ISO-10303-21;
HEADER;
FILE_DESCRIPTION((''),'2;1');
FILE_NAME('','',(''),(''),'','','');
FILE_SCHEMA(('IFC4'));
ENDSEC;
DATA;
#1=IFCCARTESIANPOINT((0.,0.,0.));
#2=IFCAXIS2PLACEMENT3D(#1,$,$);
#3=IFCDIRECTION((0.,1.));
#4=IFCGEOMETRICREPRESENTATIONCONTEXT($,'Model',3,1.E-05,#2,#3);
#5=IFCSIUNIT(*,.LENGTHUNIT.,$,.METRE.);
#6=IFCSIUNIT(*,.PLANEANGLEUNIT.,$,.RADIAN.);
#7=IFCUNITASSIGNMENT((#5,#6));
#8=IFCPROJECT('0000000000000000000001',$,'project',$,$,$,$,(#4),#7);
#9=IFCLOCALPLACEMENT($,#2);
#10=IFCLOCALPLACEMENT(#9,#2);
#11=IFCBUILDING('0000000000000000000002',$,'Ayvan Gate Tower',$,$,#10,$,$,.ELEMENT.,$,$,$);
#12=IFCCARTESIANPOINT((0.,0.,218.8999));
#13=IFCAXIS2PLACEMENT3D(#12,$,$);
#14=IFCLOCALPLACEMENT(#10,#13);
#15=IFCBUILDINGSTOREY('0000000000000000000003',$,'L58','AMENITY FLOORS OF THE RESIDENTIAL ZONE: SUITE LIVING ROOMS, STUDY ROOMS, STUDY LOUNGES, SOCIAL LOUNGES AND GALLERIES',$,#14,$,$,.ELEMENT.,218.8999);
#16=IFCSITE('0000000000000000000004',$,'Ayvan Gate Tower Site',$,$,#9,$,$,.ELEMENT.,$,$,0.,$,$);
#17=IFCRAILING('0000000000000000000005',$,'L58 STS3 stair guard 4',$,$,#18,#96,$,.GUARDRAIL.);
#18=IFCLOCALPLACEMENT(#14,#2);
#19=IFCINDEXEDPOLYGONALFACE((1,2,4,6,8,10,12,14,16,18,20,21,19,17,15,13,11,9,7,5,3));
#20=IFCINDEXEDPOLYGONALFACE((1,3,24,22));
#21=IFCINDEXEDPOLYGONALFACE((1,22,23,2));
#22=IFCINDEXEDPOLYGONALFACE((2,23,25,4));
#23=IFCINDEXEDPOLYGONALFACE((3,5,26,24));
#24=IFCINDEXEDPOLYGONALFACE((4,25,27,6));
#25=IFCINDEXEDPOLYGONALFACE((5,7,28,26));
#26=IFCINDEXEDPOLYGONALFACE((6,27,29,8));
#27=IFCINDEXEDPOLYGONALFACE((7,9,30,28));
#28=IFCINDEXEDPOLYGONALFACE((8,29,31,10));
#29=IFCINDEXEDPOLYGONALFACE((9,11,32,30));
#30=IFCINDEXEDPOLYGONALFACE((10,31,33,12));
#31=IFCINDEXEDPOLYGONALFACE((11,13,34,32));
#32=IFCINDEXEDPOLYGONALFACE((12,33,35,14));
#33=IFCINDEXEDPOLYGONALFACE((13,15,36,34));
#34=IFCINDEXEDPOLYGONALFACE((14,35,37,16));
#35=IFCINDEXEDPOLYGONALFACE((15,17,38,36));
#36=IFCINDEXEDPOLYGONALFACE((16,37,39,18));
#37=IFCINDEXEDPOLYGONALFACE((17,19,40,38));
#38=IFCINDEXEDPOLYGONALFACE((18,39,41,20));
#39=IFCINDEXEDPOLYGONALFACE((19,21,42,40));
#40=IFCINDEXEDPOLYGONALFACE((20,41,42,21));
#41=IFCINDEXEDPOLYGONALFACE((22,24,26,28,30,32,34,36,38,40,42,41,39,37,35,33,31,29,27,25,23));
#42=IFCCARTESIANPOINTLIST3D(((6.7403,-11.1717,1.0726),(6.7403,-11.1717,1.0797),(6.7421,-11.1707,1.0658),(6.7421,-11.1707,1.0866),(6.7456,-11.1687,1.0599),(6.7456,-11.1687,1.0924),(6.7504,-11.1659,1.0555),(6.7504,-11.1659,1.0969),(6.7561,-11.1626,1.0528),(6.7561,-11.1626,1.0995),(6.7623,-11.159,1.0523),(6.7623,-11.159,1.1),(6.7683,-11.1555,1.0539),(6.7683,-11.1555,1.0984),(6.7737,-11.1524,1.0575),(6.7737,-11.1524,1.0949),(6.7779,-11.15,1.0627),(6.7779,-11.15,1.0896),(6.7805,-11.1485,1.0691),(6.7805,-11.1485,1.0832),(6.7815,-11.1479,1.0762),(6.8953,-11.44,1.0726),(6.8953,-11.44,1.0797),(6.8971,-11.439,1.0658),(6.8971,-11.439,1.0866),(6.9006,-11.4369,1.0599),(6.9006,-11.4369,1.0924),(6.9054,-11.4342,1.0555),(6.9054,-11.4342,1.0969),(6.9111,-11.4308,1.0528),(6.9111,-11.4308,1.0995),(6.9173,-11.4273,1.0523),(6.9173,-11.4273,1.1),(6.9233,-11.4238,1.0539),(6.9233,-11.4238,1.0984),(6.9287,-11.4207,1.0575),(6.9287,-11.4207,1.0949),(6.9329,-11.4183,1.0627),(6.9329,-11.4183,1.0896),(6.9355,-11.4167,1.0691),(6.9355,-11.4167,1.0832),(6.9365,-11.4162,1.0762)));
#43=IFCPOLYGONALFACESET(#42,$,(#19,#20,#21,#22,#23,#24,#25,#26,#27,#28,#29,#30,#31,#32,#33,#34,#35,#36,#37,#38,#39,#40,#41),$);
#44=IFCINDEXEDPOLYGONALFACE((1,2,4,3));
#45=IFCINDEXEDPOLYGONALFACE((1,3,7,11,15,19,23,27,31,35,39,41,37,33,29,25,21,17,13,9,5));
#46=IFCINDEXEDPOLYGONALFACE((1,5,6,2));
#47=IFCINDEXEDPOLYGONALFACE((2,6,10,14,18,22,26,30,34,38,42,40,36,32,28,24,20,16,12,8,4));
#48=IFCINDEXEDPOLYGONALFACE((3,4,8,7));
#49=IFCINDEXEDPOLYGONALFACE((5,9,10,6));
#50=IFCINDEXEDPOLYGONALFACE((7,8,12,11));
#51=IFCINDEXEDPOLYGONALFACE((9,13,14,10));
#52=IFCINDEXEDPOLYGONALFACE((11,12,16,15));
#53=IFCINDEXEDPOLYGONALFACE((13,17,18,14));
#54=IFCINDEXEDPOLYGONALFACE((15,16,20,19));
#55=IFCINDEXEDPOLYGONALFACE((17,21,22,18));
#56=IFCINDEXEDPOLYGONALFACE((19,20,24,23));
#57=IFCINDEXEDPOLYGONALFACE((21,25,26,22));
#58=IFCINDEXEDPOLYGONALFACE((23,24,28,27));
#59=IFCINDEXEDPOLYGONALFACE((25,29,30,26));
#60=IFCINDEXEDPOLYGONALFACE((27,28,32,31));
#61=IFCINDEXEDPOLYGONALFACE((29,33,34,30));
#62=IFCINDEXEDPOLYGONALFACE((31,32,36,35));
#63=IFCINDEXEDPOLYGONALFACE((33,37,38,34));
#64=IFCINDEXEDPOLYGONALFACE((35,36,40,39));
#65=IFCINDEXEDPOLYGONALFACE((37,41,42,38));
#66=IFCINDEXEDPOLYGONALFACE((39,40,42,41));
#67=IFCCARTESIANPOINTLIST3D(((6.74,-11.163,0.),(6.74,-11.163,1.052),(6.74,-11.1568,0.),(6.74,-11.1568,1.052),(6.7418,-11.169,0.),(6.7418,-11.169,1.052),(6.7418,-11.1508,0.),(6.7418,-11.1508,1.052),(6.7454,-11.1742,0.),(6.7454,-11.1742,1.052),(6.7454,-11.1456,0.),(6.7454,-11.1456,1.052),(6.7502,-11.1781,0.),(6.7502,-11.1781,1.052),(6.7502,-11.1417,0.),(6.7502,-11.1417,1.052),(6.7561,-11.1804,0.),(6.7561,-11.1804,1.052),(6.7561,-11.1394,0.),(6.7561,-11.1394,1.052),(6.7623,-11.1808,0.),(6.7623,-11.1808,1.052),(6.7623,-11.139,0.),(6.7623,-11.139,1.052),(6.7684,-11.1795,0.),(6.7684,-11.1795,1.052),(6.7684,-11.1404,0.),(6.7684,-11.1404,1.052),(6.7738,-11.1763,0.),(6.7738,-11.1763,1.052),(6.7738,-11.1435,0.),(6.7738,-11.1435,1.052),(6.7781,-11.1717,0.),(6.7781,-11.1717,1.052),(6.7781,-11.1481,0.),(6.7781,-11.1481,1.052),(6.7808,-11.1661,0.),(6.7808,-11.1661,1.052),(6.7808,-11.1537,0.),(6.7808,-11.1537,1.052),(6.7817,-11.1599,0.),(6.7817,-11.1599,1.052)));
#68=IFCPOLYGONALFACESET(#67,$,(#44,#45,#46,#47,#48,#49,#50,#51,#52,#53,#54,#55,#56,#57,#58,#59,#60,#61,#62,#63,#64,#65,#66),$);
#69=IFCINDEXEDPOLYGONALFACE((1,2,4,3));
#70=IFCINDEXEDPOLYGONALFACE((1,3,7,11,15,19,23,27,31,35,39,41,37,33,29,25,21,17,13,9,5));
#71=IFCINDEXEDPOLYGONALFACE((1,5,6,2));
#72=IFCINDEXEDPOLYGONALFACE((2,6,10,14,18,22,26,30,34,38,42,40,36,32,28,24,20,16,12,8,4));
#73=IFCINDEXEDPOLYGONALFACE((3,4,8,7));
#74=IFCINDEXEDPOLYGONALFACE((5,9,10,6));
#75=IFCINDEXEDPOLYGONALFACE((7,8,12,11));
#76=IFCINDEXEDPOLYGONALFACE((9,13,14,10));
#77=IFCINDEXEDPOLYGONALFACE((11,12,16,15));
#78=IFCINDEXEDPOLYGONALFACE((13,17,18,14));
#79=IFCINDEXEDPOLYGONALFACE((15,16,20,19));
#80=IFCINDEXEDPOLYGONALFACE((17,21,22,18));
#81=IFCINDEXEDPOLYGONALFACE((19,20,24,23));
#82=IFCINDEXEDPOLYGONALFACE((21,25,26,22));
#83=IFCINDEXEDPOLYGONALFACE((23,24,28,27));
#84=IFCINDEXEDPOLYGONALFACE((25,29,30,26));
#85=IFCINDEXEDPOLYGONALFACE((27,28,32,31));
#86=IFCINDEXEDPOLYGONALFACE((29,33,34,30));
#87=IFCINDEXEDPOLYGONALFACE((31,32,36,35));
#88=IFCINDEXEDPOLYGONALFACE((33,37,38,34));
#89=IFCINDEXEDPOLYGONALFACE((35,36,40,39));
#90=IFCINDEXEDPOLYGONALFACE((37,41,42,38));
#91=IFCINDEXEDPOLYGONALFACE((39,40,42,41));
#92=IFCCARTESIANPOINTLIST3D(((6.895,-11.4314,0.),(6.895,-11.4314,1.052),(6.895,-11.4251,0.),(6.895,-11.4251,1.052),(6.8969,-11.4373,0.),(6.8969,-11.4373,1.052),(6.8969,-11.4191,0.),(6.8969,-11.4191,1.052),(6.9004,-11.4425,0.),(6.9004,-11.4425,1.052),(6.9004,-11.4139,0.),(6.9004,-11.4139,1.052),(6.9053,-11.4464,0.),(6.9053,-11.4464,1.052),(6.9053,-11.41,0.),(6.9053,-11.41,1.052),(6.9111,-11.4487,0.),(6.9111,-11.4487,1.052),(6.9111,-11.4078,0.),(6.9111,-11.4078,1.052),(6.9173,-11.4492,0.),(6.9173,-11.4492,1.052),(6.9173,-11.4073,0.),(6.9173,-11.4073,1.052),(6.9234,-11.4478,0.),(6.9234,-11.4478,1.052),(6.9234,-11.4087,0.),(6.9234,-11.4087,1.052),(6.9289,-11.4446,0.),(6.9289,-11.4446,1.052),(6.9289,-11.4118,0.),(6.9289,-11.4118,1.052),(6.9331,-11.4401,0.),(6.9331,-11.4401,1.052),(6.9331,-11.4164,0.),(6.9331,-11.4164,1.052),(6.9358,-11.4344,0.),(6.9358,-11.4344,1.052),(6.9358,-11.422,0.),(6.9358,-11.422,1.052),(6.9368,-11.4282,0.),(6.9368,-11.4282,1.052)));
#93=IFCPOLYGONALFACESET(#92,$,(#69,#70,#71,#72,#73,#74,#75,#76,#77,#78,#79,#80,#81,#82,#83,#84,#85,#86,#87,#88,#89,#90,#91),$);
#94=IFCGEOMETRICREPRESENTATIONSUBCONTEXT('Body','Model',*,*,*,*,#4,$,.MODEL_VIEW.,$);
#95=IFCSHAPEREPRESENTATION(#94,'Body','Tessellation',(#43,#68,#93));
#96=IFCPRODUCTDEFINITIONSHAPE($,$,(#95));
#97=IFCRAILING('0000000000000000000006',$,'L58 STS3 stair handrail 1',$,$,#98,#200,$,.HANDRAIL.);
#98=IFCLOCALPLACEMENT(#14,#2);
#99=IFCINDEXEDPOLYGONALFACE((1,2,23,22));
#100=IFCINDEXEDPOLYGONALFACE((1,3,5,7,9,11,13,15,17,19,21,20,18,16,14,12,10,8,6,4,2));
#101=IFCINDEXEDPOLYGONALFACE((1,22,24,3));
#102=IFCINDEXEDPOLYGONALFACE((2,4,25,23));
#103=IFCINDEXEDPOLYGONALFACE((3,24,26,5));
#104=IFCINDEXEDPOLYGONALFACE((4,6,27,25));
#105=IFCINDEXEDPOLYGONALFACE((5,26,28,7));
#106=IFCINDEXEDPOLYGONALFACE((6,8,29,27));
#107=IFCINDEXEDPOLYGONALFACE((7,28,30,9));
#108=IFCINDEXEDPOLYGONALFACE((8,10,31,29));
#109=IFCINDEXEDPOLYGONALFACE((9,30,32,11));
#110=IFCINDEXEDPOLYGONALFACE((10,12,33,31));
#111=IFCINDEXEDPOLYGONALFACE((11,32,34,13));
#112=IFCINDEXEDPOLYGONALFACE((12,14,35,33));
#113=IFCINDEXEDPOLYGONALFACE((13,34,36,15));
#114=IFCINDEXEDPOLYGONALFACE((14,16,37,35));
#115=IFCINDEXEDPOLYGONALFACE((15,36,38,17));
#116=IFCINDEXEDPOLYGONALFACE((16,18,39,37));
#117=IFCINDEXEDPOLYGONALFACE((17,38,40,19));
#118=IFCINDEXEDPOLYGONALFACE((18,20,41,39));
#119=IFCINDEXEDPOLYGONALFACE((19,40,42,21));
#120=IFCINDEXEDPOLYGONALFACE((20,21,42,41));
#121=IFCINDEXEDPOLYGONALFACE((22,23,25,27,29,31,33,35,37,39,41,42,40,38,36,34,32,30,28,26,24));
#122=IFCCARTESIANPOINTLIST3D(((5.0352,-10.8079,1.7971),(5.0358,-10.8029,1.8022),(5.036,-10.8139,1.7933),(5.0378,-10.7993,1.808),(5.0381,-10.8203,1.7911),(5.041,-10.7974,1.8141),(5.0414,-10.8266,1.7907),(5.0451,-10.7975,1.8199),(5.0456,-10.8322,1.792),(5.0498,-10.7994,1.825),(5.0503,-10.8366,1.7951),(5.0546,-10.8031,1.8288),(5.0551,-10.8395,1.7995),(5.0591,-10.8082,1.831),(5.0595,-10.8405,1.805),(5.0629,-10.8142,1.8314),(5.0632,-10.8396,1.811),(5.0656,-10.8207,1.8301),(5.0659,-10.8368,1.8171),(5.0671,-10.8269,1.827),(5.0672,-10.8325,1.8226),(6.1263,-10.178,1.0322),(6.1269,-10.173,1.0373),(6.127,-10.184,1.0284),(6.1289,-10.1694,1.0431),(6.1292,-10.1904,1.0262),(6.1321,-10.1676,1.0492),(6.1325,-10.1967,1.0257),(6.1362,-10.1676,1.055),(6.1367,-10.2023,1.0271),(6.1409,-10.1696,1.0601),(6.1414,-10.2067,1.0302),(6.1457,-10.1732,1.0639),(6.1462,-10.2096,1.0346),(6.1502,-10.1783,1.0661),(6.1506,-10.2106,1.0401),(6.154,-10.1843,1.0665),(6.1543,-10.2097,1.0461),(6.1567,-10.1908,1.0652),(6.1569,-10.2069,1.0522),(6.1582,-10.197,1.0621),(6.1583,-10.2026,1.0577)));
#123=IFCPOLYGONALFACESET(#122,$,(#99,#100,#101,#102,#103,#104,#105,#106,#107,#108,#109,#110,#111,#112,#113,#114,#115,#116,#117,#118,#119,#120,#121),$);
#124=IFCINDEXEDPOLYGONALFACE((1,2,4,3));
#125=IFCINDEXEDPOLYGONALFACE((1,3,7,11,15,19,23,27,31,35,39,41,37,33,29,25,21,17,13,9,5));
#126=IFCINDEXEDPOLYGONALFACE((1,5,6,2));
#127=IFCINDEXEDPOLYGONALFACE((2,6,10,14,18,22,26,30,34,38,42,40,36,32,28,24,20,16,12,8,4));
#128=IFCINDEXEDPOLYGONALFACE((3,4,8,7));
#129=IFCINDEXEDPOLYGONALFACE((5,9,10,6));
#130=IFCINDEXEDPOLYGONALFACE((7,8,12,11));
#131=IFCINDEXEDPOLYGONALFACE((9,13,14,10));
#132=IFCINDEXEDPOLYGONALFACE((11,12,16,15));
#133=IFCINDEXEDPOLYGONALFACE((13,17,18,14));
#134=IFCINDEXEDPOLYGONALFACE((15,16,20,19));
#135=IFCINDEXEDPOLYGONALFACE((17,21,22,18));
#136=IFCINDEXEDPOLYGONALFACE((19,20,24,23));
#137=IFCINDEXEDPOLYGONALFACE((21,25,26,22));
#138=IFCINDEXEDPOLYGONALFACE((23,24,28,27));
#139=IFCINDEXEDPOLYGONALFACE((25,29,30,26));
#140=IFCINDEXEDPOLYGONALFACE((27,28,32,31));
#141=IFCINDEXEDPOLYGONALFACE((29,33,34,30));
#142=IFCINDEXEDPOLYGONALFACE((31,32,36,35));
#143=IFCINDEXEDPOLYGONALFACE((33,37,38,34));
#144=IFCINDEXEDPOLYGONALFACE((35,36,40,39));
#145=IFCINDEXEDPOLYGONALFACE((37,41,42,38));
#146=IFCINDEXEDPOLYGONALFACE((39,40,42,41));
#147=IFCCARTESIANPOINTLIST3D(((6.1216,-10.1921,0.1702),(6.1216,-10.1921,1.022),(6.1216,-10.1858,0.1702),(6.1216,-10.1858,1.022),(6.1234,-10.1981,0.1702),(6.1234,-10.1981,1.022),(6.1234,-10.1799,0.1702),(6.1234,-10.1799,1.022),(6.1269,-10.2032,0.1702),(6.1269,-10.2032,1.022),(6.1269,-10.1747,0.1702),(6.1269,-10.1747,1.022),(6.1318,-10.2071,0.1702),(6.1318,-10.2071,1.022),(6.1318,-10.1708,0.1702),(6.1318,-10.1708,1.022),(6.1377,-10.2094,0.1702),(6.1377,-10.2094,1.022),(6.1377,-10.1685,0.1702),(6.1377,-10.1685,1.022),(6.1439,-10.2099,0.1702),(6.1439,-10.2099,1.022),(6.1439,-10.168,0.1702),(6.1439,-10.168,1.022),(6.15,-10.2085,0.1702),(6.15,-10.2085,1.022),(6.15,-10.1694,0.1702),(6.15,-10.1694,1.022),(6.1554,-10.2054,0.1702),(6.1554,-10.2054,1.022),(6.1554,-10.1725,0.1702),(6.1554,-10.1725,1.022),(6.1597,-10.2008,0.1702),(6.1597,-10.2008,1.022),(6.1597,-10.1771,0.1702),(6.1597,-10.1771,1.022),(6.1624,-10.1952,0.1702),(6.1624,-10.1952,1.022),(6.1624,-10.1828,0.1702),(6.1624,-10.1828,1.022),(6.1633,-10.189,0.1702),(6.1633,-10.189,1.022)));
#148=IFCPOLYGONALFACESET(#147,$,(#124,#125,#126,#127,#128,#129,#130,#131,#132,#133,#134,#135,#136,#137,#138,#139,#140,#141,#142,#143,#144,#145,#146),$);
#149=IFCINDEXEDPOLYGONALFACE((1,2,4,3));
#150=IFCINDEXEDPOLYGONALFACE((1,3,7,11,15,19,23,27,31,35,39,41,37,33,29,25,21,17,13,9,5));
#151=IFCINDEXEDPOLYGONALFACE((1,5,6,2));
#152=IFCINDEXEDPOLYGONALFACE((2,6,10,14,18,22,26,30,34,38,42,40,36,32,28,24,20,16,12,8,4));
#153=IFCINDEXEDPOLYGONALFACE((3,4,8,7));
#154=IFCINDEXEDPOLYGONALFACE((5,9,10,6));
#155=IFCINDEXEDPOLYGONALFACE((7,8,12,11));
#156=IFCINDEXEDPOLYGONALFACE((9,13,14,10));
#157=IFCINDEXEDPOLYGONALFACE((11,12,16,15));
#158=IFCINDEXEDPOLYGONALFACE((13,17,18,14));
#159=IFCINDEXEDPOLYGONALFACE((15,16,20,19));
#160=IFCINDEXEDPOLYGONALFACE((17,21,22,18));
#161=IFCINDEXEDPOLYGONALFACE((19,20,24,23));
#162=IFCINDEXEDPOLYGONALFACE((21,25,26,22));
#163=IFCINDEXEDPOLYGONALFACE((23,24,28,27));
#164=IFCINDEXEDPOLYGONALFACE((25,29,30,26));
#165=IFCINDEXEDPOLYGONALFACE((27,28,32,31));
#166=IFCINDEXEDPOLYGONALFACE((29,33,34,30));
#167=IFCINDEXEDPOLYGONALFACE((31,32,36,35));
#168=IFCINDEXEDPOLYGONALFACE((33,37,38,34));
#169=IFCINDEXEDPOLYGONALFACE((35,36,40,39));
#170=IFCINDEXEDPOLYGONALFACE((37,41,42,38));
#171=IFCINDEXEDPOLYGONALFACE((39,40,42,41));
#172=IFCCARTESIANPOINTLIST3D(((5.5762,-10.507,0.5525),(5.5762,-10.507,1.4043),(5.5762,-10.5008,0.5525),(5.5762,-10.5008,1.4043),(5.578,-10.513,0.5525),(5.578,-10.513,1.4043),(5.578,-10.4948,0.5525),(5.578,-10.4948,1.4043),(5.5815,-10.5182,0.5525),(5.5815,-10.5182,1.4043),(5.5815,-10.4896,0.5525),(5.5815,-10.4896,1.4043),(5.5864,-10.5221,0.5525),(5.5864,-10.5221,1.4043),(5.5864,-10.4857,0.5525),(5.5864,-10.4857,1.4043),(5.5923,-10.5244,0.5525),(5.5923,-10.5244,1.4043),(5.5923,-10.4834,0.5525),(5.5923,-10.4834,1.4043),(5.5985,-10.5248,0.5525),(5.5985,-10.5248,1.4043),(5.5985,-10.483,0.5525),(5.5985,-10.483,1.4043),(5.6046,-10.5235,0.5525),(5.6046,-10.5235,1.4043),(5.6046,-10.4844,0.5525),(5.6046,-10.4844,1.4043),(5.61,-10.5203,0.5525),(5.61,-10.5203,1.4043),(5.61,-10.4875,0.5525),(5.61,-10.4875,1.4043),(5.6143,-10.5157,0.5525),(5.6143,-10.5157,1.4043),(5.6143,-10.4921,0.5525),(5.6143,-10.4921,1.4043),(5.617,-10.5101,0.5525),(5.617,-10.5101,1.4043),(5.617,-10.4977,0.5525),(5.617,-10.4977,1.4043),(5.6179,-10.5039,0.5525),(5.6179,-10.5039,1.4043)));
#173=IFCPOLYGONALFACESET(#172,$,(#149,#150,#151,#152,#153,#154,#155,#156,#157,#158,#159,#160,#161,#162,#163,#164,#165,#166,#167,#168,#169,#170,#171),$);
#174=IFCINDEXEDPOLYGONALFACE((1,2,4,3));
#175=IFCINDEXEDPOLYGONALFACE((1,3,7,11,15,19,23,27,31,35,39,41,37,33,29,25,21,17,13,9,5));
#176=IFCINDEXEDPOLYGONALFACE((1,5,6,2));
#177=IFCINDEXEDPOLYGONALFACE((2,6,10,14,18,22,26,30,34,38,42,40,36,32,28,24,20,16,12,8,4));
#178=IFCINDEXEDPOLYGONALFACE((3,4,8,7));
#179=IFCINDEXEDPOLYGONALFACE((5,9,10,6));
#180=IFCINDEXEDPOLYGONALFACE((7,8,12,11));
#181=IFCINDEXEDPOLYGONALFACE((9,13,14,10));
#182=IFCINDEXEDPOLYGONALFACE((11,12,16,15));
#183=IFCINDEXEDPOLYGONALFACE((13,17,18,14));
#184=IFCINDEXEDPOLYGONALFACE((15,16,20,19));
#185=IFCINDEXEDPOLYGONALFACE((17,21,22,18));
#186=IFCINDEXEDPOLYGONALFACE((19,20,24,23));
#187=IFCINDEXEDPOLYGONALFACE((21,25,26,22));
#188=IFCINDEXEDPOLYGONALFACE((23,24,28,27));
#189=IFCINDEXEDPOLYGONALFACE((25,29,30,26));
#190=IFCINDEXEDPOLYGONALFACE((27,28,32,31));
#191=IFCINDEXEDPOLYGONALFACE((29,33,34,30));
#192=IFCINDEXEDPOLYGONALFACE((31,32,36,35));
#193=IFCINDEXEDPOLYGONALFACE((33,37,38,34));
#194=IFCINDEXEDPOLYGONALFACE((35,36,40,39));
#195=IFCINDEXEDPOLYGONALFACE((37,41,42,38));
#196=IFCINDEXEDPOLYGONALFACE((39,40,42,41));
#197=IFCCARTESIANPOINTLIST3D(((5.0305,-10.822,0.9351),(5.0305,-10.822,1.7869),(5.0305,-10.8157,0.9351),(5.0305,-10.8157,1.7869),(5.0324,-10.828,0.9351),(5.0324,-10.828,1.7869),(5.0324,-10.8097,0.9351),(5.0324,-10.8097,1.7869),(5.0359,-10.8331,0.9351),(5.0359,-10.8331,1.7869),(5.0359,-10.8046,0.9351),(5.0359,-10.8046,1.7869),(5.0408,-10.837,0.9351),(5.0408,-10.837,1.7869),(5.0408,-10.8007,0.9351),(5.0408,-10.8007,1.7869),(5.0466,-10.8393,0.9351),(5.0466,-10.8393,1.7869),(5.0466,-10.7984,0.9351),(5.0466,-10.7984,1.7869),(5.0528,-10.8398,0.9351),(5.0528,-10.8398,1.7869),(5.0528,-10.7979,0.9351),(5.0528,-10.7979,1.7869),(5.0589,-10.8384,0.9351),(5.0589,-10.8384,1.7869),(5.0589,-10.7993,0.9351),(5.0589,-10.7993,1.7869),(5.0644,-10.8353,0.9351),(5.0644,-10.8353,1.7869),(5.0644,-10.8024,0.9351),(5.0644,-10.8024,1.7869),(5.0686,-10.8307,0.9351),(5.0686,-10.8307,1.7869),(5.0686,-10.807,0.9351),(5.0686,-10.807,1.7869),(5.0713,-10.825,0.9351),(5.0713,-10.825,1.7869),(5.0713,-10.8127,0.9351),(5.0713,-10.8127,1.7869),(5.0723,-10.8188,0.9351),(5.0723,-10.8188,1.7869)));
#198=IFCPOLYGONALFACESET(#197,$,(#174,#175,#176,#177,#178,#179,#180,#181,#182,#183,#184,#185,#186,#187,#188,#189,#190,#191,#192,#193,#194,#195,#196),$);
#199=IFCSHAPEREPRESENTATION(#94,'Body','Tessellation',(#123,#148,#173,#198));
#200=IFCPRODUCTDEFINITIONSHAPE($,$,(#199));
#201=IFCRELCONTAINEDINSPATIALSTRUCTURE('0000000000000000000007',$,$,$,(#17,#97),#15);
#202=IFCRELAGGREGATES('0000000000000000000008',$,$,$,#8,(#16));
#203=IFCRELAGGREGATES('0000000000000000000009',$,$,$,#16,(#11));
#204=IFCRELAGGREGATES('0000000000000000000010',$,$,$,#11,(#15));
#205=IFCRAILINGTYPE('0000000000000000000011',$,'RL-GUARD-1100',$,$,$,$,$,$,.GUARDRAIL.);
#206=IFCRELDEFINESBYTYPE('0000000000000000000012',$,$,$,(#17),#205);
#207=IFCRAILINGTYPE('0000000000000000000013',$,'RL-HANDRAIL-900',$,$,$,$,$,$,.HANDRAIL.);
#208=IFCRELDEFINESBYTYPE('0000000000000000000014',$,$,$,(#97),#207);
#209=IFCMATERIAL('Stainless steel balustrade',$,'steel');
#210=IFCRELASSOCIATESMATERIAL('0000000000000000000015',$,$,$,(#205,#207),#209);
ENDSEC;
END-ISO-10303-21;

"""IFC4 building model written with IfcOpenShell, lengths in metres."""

from ifc_helpers import new_model, si_unit, direction, frame, origin, origin_2d, place, context, subcontext, project, spatial, circle, extrude, material, type_object, element, save


model = new_model("IFC4")

# Units and contexts
model_context = context("Model", 3, precision=1e-05, world=origin(), true_north=direction((0.0, 1.0)))
body_context = subcontext(model_context, "Body", "Model", "MODEL_VIEW")
ifc_project = project(units=[si_unit("LENGTHUNIT", "METRE"), si_unit("PLANEANGLEUNIT", "RADIAN")], contexts=[model_context])

# Site, building, storey
site_placement = place(None, origin())
site = spatial("IfcSite", under=ifc_project, at=site_placement, Name="Ayvan Gate Tower Site", CompositionType="ELEMENT", RefElevation=0.0)
building_placement = place(site_placement, origin())
building = spatial("IfcBuilding", under=site, at=building_placement, Name="Ayvan Gate Tower", CompositionType="ELEMENT")
storey_placement = place(building_placement, frame((0.0, 0.0, 218.8999)))
storey = spatial("IfcBuildingStorey", under=building, at=storey_placement, Name="L58", Description="AMENITY FLOORS OF THE RESIDENTIAL ZONE: SUITE LIVING ROOMS, STUDY ROOMS, STUDY LOUNGES, SOCIAL LOUNGES AND GALLERIES", CompositionType="ELEMENT", Elevation=218.8999)

# Railings
ifc_material_1 = material(Name="Stainless steel balustrade", Category="steel")
railing_type_1 = type_object("IfcRailingType", Name="RL-GUARD-1100", PredefinedType="GUARDRAIL", material=ifc_material_1)
railing_1_placement = place(storey_placement, frame((6.7607, -11.1599, 0.0)))
element("IfcRailing", 1, at=railing_1_placement, inside=storey, type_object=railing_type_1, Name="L58 STS3 stair guard 4", PredefinedType="GUARDRAIL", context=body_context, shape_type="SweptSolid", body=[
    extrude(circle(Radius=0.0239, at=origin_2d()), frame((0.0, 0.0, 1.0762), z_axis=(0.500291, -0.865857, 0.0), x_axis=(0.865857, 0.500291, 0.0)), (0.0, 0.0, 1.0), 0.3098),
    extrude(circle(Radius=0.021, at=origin_2d()), origin(), (0.0, 0.0, 1.0), 1.052),
    extrude(circle(Radius=0.021, at=origin_2d()), frame((0.155, -0.2683, 0.0)), (0.0, 0.0, 1.0), 1.052),
])
railing_type_2 = type_object("IfcRailingType", Name="RL-HANDRAIL-900", PredefinedType="HANDRAIL", material=ifc_material_1)
railing_2_placement = place(storey_placement, frame((6.1423, -10.189, 0.1702)))
element("IfcRailing", 2, at=railing_2_placement, inside=storey, type_object=railing_type_2, Name="L58 STS3 stair handrail 1", PredefinedType="HANDRAIL", context=body_context, shape_type="SweptSolid", body=[
    extrude(circle(Radius=0.0239, at=origin_2d()), frame((0.0, 0.0, 0.876), z_axis=(-0.740282, -0.427372, 0.518976), x_axis=(0.499974, -0.86604, 0.0)), (0.0, 0.0, 1.0), 1.4739),
    extrude(circle(Radius=0.021, at=origin_2d()), origin(), (0.0, 0.0, 1.0), 0.8518),
    extrude(circle(Radius=0.021, at=origin_2d()), frame((-0.5454, -0.3149, 0.3823)), (0.0, 0.0, 1.0), 0.8518),
    extrude(circle(Radius=0.021, at=origin_2d()), frame((-1.0911, -0.6299, 0.7649)), (0.0, 0.0, 1.0), 0.8518),
])

save(model, "model.ifc")
